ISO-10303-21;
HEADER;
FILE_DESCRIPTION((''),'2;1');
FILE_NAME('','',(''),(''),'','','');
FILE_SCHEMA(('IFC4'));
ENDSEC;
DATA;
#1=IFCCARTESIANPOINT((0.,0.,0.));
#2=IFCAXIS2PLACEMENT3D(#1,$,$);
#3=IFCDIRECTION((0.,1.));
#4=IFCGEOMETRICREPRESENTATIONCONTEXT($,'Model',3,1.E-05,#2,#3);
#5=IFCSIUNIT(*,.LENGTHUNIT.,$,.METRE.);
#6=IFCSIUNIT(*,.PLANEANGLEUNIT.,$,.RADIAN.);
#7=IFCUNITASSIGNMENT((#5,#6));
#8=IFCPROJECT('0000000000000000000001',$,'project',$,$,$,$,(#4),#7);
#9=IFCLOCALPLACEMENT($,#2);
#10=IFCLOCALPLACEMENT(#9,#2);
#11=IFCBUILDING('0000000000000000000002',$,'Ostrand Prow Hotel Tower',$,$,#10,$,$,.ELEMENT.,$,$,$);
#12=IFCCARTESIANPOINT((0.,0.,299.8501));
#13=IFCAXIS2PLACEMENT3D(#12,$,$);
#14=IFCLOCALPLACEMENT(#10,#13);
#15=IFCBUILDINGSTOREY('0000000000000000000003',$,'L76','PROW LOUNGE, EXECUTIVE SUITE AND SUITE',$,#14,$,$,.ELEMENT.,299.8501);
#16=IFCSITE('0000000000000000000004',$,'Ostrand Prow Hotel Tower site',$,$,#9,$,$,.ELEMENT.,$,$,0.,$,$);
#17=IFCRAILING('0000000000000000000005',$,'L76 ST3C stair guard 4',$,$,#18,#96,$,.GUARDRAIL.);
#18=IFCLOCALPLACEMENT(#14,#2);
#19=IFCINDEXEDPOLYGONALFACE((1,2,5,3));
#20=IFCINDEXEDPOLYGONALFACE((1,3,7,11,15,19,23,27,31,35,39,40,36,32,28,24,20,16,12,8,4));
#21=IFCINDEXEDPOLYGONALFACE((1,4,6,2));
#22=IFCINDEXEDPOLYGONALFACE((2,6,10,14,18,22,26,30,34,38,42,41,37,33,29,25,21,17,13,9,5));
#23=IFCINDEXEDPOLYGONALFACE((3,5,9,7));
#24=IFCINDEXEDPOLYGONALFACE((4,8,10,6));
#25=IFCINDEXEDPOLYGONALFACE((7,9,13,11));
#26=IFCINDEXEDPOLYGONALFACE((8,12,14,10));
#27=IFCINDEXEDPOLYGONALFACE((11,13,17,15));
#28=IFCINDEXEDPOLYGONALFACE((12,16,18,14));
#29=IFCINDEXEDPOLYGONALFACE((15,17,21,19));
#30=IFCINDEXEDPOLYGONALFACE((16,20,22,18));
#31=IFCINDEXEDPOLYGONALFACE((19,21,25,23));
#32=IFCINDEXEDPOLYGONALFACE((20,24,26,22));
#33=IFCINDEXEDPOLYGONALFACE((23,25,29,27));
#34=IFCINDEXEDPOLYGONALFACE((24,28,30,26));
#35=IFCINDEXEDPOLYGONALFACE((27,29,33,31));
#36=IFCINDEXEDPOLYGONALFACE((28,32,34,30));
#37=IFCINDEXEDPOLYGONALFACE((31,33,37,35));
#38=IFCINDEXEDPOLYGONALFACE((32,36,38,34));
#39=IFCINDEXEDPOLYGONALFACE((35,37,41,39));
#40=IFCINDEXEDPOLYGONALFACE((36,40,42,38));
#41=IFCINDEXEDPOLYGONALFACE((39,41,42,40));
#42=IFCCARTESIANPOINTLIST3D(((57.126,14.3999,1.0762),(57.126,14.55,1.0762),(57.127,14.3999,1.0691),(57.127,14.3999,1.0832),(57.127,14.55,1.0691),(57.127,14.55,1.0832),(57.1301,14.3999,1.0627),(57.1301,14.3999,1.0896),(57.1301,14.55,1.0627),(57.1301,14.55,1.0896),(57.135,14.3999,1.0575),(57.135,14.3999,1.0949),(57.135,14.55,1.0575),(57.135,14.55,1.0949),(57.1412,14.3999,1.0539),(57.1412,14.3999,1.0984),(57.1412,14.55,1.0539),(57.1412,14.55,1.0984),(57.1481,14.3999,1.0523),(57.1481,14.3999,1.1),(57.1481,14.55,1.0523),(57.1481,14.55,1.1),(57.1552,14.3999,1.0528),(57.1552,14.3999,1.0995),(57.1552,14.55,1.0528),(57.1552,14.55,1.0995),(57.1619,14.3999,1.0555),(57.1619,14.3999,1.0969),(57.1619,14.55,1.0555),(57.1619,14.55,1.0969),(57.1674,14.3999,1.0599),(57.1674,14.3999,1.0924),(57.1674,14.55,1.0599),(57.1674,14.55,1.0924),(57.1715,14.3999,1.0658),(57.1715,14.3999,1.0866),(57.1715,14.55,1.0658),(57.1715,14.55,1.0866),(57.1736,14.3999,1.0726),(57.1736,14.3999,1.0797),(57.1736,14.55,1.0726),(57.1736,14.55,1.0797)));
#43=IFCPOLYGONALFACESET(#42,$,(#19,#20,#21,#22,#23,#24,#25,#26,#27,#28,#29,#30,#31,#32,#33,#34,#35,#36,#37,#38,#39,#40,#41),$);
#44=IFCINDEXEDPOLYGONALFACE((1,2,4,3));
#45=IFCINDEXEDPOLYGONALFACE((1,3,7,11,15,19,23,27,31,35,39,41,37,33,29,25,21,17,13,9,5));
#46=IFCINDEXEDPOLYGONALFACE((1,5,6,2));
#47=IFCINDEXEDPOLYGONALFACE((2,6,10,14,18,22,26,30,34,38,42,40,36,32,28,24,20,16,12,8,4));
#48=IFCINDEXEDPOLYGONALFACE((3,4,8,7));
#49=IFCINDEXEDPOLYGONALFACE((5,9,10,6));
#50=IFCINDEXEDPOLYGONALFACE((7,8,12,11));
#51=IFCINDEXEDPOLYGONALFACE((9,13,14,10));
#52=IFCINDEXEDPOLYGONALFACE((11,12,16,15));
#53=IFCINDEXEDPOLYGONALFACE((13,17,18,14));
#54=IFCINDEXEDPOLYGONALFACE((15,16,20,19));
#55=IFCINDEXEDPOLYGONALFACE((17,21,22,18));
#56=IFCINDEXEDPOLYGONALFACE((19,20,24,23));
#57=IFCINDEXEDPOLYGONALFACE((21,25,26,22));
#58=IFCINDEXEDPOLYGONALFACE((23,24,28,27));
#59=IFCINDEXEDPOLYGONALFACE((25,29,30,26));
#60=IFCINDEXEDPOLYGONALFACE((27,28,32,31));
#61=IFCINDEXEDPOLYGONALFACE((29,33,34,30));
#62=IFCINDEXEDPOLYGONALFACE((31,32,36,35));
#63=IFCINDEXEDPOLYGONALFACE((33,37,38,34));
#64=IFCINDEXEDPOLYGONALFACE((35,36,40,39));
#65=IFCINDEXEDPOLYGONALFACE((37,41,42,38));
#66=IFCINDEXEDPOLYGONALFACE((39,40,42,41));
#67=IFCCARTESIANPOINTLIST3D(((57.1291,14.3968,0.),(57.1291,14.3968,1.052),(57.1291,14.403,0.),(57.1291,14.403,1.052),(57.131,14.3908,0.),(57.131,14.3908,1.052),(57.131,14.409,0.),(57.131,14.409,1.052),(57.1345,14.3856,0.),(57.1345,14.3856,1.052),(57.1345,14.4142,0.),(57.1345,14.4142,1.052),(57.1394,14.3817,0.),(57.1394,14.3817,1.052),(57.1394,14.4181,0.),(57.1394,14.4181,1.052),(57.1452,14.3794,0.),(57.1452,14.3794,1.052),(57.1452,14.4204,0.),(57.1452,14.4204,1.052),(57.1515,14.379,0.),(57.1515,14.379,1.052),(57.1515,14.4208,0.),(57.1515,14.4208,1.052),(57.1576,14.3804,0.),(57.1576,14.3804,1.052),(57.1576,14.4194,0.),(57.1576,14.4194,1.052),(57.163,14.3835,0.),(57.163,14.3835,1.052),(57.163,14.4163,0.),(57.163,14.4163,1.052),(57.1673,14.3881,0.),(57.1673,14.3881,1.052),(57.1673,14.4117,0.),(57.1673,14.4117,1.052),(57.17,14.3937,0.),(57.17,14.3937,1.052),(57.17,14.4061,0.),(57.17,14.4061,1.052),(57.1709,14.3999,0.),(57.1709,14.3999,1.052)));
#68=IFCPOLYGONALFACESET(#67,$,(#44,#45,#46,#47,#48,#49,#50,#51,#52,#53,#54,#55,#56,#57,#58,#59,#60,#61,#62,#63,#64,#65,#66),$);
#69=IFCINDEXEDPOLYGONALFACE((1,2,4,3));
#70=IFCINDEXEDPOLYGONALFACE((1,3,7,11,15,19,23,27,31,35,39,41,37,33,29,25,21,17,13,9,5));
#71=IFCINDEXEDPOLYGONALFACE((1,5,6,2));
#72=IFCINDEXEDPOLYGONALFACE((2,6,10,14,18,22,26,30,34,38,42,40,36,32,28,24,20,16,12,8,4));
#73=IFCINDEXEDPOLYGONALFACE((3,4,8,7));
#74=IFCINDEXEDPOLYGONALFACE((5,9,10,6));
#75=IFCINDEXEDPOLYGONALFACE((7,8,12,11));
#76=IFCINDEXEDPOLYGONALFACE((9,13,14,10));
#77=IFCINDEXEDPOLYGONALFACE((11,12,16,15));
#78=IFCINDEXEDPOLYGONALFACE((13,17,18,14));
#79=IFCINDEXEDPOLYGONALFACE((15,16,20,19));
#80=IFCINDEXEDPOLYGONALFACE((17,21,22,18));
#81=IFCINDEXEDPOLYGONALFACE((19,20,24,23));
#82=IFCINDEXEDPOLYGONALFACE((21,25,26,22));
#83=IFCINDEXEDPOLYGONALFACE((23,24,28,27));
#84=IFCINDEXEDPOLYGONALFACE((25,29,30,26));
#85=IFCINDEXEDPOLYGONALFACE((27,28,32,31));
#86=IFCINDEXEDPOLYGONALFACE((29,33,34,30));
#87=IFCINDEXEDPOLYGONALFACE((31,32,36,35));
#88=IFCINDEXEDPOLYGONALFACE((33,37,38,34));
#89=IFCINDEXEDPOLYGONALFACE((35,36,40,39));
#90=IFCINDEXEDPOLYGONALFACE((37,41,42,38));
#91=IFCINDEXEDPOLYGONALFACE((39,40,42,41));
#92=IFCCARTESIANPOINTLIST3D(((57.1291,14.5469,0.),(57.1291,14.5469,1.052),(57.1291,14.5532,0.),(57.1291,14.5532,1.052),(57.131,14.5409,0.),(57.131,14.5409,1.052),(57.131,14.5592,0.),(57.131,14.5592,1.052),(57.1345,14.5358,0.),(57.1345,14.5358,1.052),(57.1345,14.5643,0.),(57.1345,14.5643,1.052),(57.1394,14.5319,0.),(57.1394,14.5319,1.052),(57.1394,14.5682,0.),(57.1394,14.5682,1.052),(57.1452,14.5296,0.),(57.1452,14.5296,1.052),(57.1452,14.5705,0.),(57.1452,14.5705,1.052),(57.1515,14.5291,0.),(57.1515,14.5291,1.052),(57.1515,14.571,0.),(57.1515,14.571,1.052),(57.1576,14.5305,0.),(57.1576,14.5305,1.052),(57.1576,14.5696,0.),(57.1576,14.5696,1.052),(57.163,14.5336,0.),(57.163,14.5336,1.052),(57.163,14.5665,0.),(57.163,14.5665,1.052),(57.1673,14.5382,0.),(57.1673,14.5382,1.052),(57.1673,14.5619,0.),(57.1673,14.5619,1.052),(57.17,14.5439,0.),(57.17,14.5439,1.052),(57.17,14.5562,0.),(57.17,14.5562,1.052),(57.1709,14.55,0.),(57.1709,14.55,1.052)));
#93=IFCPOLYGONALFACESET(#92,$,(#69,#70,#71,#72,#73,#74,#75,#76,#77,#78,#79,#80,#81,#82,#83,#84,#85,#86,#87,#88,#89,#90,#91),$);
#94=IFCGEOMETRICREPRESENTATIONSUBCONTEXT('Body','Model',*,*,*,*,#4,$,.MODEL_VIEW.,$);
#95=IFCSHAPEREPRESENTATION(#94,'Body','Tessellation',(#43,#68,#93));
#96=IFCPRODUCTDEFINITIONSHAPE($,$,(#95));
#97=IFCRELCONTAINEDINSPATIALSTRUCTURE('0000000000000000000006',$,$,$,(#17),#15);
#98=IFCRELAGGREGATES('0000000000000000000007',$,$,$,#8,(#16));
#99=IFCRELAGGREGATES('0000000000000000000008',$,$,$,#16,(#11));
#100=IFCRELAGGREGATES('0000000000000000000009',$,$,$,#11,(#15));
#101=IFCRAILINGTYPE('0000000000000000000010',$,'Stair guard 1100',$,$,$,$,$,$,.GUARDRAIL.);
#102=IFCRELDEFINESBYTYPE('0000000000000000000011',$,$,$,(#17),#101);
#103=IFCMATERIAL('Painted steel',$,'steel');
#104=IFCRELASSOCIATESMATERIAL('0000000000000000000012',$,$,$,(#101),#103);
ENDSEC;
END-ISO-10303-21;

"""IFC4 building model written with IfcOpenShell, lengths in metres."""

from ifc_helpers import new_model, si_unit, direction, frame, origin, origin_2d, place, context, subcontext, project, spatial, circle, extrude, material, type_object, element, save


model = new_model("IFC4")

# Units and contexts
model_context = context("Model", 3, precision=1e-05, world=origin(), true_north=direction((0.0, 1.0)))
body_context = subcontext(model_context, "Body", "Model", "MODEL_VIEW")
ifc_project = project(units=[si_unit("LENGTHUNIT", "METRE"), si_unit("PLANEANGLEUNIT", "RADIAN")], contexts=[model_context])

# Site, building, storey
site_placement = place(None, origin())
site = spatial("IfcSite", under=ifc_project, at=site_placement, Name="Ostrand Prow Hotel Tower site", CompositionType="ELEMENT", RefElevation=0.0)
building_placement = place(site_placement, origin())
building = spatial("IfcBuilding", under=site, at=building_placement, Name="Ostrand Prow Hotel Tower", CompositionType="ELEMENT")
storey_placement = place(building_placement, frame((0.0, 0.0, 299.8501)))
storey = spatial("IfcBuildingStorey", under=building, at=storey_placement, Name="L76", Description="PROW LOUNGE, EXECUTIVE SUITE AND SUITE", CompositionType="ELEMENT", Elevation=299.8501)

# Railing
ifc_material_1 = material(Name="Painted steel", Category="steel")
railing_type_1 = type_object("IfcRailingType", Name="Stair guard 1100", PredefinedType="GUARDRAIL", material=ifc_material_1)
railing_1_placement = place(storey_placement, frame((57.1499, 14.3999, 0.0)))
element("IfcRailing", 1, at=railing_1_placement, inside=storey, type_object=railing_type_1, Name="L76 ST3C stair guard 4", PredefinedType="GUARDRAIL", context=body_context, shape_type="SweptSolid", body=[
    extrude(circle(Radius=0.0239, at=origin_2d()), frame((0.0, 0.0, 1.0762), z_axis=(0.0, 1.0, 0.0), x_axis=(-1.0, 0.0, 0.0)), (0.0, 0.0, 1.0), 0.1501),
    extrude(circle(Radius=0.021, at=origin_2d()), origin(), (0.0, 0.0, 1.0), 1.052),
    extrude(circle(Radius=0.021, at=origin_2d()), frame((0.0, 0.1501, 0.0)), (0.0, 0.0, 1.0), 1.052),
])

save(model, "model.ifc")
